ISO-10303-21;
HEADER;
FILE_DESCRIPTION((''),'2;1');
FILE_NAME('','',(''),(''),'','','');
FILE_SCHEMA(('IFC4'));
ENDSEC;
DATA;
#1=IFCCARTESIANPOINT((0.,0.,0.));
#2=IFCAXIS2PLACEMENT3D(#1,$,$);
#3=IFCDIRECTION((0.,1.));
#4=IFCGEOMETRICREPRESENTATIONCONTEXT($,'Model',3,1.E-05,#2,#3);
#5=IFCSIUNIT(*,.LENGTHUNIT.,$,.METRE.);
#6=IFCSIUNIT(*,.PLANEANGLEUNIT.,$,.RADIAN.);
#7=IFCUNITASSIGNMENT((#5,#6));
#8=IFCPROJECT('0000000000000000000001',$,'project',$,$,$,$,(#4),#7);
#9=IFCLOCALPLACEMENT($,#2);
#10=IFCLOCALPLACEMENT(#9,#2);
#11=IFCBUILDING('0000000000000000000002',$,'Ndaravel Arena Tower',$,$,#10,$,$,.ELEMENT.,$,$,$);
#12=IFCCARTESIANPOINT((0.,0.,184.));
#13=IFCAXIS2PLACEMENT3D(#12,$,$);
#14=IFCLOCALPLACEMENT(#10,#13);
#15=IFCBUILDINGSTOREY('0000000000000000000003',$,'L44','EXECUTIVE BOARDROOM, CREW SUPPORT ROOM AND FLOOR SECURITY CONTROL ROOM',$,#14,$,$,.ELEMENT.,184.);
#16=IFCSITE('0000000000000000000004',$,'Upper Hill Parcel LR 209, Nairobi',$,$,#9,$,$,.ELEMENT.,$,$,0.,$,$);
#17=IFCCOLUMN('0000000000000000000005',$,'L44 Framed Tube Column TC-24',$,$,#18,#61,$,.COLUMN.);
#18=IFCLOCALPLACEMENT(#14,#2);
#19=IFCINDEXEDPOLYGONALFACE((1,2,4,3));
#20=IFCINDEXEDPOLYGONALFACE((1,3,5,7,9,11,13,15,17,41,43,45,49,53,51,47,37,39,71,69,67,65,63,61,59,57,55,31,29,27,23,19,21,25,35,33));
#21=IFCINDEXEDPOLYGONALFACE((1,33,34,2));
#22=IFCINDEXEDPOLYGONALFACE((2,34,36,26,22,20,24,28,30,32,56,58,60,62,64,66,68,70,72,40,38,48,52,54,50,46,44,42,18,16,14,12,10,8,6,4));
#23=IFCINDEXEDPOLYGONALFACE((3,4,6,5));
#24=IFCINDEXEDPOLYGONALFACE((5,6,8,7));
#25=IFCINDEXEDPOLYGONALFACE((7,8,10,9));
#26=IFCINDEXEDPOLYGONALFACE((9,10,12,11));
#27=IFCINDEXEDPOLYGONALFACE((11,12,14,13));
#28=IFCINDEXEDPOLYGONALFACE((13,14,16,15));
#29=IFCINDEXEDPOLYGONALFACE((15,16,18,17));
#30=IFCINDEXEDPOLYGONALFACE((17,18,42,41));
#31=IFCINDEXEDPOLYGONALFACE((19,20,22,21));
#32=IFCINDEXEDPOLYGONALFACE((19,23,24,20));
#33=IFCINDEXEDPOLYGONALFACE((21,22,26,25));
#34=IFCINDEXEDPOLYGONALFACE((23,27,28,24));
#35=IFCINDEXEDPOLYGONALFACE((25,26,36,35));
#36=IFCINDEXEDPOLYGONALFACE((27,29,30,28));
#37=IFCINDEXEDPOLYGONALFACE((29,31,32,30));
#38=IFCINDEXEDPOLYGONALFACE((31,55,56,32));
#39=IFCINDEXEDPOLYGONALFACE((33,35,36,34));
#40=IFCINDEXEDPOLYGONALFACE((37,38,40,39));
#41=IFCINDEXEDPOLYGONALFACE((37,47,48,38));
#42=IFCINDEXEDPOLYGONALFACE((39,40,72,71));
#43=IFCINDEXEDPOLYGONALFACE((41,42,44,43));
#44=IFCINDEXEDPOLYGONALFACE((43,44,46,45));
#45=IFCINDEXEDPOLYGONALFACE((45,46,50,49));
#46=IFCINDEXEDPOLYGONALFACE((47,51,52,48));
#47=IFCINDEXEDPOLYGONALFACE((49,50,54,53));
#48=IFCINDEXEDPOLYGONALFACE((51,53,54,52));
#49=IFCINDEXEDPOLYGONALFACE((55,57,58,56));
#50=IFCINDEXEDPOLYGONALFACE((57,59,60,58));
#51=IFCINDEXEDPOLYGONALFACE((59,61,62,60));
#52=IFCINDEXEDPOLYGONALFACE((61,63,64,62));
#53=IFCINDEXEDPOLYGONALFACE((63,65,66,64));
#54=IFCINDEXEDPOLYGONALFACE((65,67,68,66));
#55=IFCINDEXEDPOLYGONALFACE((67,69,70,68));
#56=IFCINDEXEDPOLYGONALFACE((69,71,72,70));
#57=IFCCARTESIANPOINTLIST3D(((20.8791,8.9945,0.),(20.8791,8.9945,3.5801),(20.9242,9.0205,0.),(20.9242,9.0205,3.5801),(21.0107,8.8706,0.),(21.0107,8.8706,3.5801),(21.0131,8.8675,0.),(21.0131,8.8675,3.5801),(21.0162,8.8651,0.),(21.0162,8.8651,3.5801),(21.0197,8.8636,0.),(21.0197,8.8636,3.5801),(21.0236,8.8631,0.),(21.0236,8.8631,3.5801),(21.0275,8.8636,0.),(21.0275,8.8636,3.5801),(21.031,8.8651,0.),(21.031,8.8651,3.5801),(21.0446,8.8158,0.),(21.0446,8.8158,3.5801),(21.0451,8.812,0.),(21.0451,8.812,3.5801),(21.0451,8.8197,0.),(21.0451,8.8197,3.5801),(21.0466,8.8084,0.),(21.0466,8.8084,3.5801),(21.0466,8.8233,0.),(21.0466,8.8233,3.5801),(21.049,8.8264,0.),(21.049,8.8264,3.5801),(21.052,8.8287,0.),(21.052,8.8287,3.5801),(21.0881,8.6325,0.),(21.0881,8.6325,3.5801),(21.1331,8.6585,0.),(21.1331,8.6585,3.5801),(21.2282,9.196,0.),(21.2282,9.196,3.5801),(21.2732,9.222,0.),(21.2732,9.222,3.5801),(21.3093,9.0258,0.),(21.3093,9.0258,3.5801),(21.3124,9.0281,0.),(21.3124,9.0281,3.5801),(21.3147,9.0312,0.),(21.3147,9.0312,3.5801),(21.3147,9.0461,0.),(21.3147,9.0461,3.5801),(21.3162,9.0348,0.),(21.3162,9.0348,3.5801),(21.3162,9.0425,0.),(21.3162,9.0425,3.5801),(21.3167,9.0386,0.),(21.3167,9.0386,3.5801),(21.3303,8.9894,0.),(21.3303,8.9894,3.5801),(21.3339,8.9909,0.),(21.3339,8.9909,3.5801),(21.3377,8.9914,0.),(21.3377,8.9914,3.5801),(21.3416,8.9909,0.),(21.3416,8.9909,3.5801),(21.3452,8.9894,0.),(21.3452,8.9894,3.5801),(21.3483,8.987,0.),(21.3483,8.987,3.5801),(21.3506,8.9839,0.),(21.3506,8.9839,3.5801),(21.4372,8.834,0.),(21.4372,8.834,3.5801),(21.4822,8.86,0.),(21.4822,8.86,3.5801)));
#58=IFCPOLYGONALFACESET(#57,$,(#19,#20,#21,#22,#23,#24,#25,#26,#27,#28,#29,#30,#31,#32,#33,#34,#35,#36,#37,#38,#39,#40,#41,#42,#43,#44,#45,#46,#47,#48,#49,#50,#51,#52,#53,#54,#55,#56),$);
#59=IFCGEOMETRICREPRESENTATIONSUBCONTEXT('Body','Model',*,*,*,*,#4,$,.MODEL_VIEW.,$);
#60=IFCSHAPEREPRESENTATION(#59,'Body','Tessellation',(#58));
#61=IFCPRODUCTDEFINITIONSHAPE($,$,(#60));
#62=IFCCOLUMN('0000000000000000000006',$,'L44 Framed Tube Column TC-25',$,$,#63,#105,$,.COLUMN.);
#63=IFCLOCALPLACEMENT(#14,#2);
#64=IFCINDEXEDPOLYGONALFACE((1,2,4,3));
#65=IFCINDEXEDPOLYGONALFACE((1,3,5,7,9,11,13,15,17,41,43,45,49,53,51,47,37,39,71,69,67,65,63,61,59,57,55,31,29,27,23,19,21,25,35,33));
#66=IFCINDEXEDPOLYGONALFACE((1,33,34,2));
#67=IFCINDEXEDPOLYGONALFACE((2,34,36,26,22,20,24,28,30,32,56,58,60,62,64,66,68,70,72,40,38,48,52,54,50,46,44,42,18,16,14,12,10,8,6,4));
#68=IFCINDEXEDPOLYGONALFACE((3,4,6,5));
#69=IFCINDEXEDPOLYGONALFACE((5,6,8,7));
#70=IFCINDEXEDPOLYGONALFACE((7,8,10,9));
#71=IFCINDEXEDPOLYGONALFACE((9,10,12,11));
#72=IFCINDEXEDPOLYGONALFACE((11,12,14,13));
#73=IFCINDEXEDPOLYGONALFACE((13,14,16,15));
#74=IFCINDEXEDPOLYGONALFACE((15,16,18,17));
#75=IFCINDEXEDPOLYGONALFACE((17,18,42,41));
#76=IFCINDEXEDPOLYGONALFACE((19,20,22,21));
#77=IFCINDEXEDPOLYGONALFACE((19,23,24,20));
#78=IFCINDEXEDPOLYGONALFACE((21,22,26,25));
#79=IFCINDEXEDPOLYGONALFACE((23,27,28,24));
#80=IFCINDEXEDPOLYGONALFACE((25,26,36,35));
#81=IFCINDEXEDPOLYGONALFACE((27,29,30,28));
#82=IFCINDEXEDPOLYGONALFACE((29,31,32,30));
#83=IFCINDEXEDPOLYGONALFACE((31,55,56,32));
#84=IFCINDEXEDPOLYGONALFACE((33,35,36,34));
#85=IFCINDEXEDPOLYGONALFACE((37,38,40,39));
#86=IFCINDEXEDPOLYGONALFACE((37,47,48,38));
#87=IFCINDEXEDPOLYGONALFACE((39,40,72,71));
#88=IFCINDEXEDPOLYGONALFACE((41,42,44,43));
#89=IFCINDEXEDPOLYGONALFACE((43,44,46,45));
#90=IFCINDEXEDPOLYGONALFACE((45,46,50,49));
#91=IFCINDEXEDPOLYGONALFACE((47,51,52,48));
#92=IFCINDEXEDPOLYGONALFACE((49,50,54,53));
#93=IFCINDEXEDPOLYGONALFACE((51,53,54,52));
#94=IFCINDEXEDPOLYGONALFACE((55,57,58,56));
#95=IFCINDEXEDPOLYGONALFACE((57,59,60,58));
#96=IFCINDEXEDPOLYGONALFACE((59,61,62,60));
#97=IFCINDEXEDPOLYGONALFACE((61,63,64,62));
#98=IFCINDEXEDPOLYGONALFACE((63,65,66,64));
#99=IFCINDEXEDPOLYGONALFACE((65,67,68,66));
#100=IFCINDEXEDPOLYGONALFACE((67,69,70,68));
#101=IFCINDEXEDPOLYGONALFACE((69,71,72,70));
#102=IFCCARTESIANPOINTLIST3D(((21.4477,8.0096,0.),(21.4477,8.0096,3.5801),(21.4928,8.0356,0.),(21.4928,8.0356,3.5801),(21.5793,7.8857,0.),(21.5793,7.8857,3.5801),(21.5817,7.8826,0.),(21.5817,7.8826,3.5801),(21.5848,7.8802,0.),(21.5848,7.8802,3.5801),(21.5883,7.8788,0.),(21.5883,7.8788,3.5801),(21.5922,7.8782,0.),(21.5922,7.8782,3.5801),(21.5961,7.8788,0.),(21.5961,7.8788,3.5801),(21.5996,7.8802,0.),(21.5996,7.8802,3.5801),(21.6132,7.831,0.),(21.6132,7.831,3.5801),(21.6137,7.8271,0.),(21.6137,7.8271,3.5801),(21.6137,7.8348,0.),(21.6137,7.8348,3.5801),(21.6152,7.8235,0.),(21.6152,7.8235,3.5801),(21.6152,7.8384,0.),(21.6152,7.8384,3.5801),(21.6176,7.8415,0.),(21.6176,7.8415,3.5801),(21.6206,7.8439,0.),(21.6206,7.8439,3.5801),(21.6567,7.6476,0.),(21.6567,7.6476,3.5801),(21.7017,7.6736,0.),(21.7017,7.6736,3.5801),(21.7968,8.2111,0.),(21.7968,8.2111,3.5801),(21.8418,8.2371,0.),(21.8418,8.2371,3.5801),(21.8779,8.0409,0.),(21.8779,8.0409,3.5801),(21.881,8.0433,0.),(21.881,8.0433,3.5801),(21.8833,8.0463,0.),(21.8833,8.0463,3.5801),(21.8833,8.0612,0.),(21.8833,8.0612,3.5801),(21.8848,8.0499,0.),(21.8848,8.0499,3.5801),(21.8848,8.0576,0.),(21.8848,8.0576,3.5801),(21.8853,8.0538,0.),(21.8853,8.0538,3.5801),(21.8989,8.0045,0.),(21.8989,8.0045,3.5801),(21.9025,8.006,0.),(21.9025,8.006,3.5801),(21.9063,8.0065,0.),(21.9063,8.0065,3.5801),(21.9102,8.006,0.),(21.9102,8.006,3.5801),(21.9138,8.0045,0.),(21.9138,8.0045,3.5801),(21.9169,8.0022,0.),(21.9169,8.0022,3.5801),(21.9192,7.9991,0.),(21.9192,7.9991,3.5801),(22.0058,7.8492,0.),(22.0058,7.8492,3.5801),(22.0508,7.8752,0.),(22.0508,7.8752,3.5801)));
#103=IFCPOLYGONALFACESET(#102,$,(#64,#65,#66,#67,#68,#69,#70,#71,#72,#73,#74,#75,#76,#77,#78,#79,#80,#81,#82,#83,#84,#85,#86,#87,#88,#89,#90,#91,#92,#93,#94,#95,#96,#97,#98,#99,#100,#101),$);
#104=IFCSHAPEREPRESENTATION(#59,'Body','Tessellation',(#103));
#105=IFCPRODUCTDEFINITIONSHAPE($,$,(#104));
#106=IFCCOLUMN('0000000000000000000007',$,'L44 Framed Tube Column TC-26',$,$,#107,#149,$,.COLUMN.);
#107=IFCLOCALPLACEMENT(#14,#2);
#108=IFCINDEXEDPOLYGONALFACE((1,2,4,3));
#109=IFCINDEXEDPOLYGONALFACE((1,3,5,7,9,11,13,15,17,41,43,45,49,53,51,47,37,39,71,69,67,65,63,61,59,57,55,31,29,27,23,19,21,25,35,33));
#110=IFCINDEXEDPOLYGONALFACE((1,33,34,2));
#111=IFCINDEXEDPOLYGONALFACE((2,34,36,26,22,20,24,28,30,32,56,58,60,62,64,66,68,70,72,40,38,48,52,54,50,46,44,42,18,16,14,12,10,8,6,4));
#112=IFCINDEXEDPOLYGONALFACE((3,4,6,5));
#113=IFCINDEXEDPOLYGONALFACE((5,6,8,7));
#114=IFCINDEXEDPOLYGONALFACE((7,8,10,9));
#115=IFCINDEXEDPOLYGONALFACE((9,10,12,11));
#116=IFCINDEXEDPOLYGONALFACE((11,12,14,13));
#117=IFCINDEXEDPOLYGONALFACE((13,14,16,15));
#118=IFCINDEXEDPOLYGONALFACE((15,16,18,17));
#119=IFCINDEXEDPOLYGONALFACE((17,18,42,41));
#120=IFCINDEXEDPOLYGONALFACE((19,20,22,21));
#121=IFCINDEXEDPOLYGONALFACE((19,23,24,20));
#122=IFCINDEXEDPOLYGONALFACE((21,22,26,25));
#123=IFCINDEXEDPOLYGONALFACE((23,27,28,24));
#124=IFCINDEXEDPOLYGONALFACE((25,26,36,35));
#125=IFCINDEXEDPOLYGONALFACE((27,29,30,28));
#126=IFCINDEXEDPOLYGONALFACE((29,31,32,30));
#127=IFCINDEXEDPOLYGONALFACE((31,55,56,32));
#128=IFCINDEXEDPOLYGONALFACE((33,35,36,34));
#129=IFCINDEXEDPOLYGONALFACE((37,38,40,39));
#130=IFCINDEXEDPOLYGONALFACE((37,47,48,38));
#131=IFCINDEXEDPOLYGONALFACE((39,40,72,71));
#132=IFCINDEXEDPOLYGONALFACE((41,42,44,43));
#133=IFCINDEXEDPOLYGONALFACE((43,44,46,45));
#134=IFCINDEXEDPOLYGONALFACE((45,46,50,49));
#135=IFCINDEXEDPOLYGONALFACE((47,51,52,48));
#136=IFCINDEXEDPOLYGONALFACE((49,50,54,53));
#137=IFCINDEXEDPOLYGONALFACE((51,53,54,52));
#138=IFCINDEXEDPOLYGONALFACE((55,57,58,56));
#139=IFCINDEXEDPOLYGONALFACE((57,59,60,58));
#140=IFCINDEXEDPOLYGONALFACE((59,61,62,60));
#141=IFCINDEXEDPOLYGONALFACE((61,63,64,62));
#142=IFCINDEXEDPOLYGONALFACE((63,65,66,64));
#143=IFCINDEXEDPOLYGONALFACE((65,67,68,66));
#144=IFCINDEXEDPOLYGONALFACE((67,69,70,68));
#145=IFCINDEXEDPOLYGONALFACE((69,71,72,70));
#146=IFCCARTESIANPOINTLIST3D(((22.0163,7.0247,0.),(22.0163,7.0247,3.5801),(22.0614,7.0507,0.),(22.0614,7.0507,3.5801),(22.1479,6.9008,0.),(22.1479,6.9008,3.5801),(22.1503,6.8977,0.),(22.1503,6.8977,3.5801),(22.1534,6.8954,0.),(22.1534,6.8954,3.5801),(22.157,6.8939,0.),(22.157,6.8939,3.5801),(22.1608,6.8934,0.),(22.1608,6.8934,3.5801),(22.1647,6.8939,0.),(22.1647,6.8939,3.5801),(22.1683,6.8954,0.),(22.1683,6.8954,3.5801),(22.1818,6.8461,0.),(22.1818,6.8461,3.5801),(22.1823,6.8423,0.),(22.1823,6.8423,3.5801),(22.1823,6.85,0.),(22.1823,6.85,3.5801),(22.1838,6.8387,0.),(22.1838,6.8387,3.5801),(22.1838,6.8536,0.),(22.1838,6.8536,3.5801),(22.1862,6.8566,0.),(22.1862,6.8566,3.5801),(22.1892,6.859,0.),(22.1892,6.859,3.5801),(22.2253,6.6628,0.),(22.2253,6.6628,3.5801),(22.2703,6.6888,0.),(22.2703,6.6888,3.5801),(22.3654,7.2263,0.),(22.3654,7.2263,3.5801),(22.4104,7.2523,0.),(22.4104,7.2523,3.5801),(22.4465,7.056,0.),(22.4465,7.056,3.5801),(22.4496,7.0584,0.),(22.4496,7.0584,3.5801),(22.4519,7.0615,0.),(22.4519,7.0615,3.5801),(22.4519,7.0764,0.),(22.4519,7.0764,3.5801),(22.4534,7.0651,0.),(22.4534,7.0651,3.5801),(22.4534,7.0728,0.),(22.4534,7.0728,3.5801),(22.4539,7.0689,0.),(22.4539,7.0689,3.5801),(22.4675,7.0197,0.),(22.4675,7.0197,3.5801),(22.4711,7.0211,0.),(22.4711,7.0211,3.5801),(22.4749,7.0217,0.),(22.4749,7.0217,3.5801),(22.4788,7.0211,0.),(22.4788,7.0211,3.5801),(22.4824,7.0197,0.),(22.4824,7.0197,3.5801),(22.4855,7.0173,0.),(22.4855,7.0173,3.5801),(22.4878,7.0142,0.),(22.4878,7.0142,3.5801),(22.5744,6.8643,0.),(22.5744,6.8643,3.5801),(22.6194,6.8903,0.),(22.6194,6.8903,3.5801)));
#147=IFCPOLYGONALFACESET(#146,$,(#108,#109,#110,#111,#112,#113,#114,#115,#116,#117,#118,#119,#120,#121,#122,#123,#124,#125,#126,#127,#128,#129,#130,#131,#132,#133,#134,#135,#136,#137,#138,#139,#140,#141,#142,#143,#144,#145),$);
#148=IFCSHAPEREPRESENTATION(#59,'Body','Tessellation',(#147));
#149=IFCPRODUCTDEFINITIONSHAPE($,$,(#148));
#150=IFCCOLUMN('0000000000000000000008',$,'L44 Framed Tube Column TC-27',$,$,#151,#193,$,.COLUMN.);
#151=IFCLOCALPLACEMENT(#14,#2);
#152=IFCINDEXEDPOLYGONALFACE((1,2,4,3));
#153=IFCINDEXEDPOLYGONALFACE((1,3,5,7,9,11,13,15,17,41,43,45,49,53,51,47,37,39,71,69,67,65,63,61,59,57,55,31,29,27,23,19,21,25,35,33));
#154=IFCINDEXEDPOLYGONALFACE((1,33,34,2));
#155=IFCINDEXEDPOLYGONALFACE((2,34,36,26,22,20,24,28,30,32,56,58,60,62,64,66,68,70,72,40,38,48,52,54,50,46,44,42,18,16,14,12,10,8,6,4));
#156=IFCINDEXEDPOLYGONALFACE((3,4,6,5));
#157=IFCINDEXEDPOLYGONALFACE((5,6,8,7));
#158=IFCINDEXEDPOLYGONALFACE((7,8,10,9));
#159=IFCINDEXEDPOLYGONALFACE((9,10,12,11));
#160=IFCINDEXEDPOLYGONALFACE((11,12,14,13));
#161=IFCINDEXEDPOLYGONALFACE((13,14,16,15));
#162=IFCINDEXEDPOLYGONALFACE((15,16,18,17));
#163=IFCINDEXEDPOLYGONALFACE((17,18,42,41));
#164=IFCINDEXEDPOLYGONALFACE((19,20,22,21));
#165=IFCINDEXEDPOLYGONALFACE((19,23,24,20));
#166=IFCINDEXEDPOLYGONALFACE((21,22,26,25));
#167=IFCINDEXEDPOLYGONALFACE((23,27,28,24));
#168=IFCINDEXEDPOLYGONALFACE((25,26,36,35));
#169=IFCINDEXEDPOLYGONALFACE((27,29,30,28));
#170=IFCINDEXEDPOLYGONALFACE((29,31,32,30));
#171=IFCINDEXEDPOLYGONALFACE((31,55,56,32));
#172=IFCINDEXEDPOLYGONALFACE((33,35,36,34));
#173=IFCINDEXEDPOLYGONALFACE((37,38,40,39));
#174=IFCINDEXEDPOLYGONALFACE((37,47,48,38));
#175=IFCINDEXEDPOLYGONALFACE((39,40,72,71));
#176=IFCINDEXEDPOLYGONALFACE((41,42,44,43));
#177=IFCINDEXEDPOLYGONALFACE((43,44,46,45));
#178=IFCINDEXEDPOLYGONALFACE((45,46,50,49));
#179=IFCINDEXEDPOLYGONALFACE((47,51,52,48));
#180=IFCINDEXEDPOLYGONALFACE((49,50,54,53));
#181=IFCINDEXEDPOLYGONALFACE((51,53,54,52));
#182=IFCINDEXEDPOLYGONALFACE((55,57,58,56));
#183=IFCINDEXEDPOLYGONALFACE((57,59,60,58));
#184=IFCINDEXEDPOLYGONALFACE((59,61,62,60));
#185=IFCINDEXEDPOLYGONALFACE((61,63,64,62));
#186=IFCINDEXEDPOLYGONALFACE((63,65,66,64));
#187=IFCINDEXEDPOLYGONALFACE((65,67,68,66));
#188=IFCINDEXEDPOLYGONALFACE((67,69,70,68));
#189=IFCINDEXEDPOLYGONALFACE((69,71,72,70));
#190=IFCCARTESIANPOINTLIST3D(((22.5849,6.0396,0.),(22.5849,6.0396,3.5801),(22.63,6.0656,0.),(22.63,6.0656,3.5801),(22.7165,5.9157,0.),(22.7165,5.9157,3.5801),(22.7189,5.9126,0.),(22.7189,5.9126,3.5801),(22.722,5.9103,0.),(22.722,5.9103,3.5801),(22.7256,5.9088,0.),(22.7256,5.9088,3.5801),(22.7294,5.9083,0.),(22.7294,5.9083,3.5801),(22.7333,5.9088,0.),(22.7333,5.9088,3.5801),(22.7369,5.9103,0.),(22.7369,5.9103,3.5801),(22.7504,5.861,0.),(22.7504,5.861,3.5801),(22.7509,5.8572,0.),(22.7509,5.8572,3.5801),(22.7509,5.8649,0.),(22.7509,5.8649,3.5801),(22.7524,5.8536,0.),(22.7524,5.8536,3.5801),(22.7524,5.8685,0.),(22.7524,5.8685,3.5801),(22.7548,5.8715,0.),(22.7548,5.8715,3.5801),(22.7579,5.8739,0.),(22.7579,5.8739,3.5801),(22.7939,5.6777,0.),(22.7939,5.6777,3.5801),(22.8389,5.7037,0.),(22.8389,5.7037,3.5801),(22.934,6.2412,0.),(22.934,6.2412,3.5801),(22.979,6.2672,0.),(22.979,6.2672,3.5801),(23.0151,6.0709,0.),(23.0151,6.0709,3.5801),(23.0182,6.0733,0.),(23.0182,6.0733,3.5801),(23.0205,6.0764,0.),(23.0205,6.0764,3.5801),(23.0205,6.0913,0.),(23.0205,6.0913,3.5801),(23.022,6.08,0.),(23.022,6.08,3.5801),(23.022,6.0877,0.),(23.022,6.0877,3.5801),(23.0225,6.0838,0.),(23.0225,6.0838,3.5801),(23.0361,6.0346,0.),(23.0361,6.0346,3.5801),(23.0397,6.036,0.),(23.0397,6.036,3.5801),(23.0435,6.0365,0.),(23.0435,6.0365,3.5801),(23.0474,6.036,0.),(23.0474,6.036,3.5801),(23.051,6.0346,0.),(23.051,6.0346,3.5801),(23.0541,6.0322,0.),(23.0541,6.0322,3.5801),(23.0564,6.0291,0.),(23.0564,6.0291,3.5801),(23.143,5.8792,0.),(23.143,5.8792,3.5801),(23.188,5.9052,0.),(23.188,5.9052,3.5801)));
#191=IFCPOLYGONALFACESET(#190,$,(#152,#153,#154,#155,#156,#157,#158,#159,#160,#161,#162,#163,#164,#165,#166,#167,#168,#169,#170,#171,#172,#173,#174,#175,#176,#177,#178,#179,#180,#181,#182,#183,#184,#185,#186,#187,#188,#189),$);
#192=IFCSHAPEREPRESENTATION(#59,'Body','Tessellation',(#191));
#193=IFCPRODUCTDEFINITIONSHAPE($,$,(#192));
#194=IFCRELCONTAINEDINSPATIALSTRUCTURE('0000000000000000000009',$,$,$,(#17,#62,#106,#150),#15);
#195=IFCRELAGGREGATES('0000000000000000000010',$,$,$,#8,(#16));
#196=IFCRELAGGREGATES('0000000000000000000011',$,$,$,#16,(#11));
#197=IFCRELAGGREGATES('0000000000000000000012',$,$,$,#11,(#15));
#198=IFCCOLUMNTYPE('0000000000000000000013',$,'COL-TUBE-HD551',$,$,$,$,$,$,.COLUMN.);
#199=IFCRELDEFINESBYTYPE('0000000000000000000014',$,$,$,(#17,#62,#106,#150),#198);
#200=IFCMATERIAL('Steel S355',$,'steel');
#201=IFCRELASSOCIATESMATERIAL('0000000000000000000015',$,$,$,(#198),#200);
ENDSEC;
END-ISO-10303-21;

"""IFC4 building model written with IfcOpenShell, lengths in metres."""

from ifc_helpers import new_model, si_unit, direction, frame, origin, origin_2d, place, context, subcontext, project, spatial, i_section, extrude, material, material_profile, profile_set, type_object, element, save


model = new_model("IFC4")

# Units and contexts
model_context = context("Model", 3, precision=1e-05, world=origin(), true_north=direction((0.0, 1.0)))
body_context = subcontext(model_context, "Body", "Model", "MODEL_VIEW")
ifc_project = project(units=[si_unit("LENGTHUNIT", "METRE"), si_unit("PLANEANGLEUNIT", "RADIAN")], contexts=[model_context])

# Site, building, storey
site_placement = place(None, origin())
site = spatial("IfcSite", under=ifc_project, at=site_placement, Name="Upper Hill Parcel LR 209, Nairobi", CompositionType="ELEMENT", RefElevation=0.0)
building_placement = place(site_placement, origin())
building = spatial("IfcBuilding", under=site, at=building_placement, Name="Ndaravel Arena Tower", CompositionType="ELEMENT")
storey_placement = place(building_placement, frame((0.0, 0.0, 184.0)))
storey = spatial("IfcBuildingStorey", under=building, at=storey_placement, Name="L44", Description="EXECUTIVE BOARDROOM, CREW SUPPORT ROOM AND FLOOR SECURITY CONTROL ROOM", CompositionType="ELEMENT", Elevation=184.0)

# Columns
ifc_material_1 = material(Name="Steel S355", Category="steel")
ifc_material_profile_1 = material_profile(ifc_material_1, i_section(OverallWidth=0.418, OverallDepth=0.4551, WebThickness=0.042, FlangeThickness=0.052, FilletRadius=0.0149, at=origin_2d()), Name="HD 400x551")
ifc_profile_set_1 = profile_set([ifc_material_profile_1], Name="Steel S355")
column_type = type_object("IfcColumnType", Name="COL-TUBE-HD551", PredefinedType="COLUMN", material=ifc_profile_set_1)
for number, where, z_axis, x_axis, name in (
    (1, (21.1807, 8.9272, 0.0), (0.0, 0.0, 1.0), (-0.5, 0.866025, 0.0), "L44 Framed Tube Column TC-24"),
    (2, (21.7493, 7.9424, 0.0), (0.0, 0.0, 1.0), (-0.5, 0.866025, 0.0), "L44 Framed Tube Column TC-25"),
    (3, (22.3179, 6.9575, 0.0), (0.0, 0.0, 1.0), (-0.5, 0.866025, 0.0), "L44 Framed Tube Column TC-26"),
    (4, (22.8865, 5.9724, 0.0), (0.0, 0.0, 1.0), (-0.5, 0.866025, 0.0), "L44 Framed Tube Column TC-27"),
):
    element("IfcColumn", number, at=place(storey_placement, frame(where, z_axis=z_axis, x_axis=x_axis)), inside=storey, type_object=column_type, Name=name, PredefinedType="COLUMN", context=body_context, shape_type="SweptSolid", body=[
        extrude(i_section(OverallWidth=0.418, OverallDepth=0.4551, WebThickness=0.042, FlangeThickness=0.052, FilletRadius=0.0149, at=origin_2d()), origin(), (0.0, 0.0, 1.0), 3.5801),
    ])

save(model, "model.ifc")
